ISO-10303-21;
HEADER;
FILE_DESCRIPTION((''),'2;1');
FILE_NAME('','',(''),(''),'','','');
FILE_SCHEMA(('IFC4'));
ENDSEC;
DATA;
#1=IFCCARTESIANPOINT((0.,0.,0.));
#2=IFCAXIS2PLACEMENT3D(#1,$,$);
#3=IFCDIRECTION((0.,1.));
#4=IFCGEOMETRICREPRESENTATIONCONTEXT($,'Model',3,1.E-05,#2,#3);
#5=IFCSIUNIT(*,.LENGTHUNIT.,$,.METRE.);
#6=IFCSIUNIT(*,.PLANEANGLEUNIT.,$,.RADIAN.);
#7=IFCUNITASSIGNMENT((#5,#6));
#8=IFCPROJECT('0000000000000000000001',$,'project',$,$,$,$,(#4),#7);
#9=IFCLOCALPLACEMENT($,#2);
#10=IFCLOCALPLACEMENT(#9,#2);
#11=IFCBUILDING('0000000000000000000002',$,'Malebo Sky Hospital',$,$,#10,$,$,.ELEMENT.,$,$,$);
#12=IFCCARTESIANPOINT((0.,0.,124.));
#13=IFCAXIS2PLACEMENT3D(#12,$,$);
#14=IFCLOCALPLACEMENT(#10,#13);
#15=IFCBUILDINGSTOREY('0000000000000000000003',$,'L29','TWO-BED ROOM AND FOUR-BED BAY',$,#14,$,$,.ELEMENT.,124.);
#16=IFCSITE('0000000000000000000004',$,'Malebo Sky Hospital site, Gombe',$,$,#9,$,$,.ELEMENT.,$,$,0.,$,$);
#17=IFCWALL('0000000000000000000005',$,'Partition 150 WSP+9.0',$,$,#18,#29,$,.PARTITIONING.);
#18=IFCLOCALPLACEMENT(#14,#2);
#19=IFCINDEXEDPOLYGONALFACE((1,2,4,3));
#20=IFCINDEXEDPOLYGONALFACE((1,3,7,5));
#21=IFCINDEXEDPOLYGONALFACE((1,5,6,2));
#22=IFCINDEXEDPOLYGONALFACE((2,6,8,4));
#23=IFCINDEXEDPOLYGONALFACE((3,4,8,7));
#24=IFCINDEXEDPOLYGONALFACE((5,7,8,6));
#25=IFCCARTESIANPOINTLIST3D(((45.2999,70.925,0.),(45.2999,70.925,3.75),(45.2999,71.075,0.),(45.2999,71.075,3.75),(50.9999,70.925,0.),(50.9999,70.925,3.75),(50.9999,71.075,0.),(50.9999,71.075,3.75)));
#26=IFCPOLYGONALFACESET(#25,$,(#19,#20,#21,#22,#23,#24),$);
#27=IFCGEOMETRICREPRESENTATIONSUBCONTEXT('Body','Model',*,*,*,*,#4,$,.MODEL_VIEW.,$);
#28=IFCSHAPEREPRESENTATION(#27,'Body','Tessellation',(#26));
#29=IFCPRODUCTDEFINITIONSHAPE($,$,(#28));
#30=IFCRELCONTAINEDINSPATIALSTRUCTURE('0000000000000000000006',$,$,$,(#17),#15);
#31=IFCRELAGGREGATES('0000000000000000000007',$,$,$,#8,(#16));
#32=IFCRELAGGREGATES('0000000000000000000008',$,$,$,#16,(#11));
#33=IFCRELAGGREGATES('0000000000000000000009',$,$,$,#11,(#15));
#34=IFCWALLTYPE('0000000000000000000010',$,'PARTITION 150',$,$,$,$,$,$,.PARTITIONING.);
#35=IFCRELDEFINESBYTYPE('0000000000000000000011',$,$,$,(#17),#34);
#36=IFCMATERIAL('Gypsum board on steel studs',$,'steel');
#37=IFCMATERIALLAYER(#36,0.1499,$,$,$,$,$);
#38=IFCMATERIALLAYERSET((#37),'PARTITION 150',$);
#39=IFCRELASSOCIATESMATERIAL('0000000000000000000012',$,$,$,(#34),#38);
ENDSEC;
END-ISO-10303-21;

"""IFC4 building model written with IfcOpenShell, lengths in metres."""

from ifc_helpers import new_model, si_unit, direction, frame, frame_2d, origin, place, context, subcontext, project, spatial, rectangle, extrude, material, layer, layer_set, type_object, element, save


model = new_model("IFC4")

# Units and contexts
model_context = context("Model", 3, precision=1e-05, world=origin(), true_north=direction((0.0, 1.0)))
body_context = subcontext(model_context, "Body", "Model", "MODEL_VIEW")
ifc_project = project(units=[si_unit("LENGTHUNIT", "METRE"), si_unit("PLANEANGLEUNIT", "RADIAN")], contexts=[model_context])

# Site, building, storey
site_placement = place(None, origin())
site = spatial("IfcSite", under=ifc_project, at=site_placement, Name="Malebo Sky Hospital site, Gombe", CompositionType="ELEMENT", RefElevation=0.0)
building_placement = place(site_placement, origin())
building = spatial("IfcBuilding", under=site, at=building_placement, Name="Malebo Sky Hospital", CompositionType="ELEMENT")
storey_placement = place(building_placement, frame((0.0, 0.0, 124.0)))
storey = spatial("IfcBuildingStorey", under=building, at=storey_placement, Name="L29", Description="TWO-BED ROOM AND FOUR-BED BAY", CompositionType="ELEMENT", Elevation=124.0)

# Shared definitions
ifc_material_1 = material(Name="Gypsum board on steel studs", Category="steel")

# Shared definitions
ifc_layer_1 = layer(ifc_material_1, 0.1499)
ifc_layer_set_1 = layer_set([ifc_layer_1], Name="PARTITION 150")
wall_type_1 = type_object("IfcWallType", Name="PARTITION 150", PredefinedType="PARTITIONING", material=ifc_layer_set_1)

# Wall
wall_1_placement = place(storey_placement, frame((51.0, 71.0, 0.0), z_axis=(0.0, 0.0, 1.0), x_axis=(-1.0, 0.0, 0.0)))
element("IfcWall", 1, at=wall_1_placement, inside=storey, type_object=wall_type_1, Name="Partition 150 WSP+9.0", PredefinedType="PARTITIONING", context=body_context, shape_type="SweptSolid", body=[
    extrude(rectangle(XDim=5.7, YDim=0.1499, at=frame_2d((2.8501, 0.0))), origin(), (0.0, 0.0, 1.0), 3.75),
])

save(model, "model.ifc")
